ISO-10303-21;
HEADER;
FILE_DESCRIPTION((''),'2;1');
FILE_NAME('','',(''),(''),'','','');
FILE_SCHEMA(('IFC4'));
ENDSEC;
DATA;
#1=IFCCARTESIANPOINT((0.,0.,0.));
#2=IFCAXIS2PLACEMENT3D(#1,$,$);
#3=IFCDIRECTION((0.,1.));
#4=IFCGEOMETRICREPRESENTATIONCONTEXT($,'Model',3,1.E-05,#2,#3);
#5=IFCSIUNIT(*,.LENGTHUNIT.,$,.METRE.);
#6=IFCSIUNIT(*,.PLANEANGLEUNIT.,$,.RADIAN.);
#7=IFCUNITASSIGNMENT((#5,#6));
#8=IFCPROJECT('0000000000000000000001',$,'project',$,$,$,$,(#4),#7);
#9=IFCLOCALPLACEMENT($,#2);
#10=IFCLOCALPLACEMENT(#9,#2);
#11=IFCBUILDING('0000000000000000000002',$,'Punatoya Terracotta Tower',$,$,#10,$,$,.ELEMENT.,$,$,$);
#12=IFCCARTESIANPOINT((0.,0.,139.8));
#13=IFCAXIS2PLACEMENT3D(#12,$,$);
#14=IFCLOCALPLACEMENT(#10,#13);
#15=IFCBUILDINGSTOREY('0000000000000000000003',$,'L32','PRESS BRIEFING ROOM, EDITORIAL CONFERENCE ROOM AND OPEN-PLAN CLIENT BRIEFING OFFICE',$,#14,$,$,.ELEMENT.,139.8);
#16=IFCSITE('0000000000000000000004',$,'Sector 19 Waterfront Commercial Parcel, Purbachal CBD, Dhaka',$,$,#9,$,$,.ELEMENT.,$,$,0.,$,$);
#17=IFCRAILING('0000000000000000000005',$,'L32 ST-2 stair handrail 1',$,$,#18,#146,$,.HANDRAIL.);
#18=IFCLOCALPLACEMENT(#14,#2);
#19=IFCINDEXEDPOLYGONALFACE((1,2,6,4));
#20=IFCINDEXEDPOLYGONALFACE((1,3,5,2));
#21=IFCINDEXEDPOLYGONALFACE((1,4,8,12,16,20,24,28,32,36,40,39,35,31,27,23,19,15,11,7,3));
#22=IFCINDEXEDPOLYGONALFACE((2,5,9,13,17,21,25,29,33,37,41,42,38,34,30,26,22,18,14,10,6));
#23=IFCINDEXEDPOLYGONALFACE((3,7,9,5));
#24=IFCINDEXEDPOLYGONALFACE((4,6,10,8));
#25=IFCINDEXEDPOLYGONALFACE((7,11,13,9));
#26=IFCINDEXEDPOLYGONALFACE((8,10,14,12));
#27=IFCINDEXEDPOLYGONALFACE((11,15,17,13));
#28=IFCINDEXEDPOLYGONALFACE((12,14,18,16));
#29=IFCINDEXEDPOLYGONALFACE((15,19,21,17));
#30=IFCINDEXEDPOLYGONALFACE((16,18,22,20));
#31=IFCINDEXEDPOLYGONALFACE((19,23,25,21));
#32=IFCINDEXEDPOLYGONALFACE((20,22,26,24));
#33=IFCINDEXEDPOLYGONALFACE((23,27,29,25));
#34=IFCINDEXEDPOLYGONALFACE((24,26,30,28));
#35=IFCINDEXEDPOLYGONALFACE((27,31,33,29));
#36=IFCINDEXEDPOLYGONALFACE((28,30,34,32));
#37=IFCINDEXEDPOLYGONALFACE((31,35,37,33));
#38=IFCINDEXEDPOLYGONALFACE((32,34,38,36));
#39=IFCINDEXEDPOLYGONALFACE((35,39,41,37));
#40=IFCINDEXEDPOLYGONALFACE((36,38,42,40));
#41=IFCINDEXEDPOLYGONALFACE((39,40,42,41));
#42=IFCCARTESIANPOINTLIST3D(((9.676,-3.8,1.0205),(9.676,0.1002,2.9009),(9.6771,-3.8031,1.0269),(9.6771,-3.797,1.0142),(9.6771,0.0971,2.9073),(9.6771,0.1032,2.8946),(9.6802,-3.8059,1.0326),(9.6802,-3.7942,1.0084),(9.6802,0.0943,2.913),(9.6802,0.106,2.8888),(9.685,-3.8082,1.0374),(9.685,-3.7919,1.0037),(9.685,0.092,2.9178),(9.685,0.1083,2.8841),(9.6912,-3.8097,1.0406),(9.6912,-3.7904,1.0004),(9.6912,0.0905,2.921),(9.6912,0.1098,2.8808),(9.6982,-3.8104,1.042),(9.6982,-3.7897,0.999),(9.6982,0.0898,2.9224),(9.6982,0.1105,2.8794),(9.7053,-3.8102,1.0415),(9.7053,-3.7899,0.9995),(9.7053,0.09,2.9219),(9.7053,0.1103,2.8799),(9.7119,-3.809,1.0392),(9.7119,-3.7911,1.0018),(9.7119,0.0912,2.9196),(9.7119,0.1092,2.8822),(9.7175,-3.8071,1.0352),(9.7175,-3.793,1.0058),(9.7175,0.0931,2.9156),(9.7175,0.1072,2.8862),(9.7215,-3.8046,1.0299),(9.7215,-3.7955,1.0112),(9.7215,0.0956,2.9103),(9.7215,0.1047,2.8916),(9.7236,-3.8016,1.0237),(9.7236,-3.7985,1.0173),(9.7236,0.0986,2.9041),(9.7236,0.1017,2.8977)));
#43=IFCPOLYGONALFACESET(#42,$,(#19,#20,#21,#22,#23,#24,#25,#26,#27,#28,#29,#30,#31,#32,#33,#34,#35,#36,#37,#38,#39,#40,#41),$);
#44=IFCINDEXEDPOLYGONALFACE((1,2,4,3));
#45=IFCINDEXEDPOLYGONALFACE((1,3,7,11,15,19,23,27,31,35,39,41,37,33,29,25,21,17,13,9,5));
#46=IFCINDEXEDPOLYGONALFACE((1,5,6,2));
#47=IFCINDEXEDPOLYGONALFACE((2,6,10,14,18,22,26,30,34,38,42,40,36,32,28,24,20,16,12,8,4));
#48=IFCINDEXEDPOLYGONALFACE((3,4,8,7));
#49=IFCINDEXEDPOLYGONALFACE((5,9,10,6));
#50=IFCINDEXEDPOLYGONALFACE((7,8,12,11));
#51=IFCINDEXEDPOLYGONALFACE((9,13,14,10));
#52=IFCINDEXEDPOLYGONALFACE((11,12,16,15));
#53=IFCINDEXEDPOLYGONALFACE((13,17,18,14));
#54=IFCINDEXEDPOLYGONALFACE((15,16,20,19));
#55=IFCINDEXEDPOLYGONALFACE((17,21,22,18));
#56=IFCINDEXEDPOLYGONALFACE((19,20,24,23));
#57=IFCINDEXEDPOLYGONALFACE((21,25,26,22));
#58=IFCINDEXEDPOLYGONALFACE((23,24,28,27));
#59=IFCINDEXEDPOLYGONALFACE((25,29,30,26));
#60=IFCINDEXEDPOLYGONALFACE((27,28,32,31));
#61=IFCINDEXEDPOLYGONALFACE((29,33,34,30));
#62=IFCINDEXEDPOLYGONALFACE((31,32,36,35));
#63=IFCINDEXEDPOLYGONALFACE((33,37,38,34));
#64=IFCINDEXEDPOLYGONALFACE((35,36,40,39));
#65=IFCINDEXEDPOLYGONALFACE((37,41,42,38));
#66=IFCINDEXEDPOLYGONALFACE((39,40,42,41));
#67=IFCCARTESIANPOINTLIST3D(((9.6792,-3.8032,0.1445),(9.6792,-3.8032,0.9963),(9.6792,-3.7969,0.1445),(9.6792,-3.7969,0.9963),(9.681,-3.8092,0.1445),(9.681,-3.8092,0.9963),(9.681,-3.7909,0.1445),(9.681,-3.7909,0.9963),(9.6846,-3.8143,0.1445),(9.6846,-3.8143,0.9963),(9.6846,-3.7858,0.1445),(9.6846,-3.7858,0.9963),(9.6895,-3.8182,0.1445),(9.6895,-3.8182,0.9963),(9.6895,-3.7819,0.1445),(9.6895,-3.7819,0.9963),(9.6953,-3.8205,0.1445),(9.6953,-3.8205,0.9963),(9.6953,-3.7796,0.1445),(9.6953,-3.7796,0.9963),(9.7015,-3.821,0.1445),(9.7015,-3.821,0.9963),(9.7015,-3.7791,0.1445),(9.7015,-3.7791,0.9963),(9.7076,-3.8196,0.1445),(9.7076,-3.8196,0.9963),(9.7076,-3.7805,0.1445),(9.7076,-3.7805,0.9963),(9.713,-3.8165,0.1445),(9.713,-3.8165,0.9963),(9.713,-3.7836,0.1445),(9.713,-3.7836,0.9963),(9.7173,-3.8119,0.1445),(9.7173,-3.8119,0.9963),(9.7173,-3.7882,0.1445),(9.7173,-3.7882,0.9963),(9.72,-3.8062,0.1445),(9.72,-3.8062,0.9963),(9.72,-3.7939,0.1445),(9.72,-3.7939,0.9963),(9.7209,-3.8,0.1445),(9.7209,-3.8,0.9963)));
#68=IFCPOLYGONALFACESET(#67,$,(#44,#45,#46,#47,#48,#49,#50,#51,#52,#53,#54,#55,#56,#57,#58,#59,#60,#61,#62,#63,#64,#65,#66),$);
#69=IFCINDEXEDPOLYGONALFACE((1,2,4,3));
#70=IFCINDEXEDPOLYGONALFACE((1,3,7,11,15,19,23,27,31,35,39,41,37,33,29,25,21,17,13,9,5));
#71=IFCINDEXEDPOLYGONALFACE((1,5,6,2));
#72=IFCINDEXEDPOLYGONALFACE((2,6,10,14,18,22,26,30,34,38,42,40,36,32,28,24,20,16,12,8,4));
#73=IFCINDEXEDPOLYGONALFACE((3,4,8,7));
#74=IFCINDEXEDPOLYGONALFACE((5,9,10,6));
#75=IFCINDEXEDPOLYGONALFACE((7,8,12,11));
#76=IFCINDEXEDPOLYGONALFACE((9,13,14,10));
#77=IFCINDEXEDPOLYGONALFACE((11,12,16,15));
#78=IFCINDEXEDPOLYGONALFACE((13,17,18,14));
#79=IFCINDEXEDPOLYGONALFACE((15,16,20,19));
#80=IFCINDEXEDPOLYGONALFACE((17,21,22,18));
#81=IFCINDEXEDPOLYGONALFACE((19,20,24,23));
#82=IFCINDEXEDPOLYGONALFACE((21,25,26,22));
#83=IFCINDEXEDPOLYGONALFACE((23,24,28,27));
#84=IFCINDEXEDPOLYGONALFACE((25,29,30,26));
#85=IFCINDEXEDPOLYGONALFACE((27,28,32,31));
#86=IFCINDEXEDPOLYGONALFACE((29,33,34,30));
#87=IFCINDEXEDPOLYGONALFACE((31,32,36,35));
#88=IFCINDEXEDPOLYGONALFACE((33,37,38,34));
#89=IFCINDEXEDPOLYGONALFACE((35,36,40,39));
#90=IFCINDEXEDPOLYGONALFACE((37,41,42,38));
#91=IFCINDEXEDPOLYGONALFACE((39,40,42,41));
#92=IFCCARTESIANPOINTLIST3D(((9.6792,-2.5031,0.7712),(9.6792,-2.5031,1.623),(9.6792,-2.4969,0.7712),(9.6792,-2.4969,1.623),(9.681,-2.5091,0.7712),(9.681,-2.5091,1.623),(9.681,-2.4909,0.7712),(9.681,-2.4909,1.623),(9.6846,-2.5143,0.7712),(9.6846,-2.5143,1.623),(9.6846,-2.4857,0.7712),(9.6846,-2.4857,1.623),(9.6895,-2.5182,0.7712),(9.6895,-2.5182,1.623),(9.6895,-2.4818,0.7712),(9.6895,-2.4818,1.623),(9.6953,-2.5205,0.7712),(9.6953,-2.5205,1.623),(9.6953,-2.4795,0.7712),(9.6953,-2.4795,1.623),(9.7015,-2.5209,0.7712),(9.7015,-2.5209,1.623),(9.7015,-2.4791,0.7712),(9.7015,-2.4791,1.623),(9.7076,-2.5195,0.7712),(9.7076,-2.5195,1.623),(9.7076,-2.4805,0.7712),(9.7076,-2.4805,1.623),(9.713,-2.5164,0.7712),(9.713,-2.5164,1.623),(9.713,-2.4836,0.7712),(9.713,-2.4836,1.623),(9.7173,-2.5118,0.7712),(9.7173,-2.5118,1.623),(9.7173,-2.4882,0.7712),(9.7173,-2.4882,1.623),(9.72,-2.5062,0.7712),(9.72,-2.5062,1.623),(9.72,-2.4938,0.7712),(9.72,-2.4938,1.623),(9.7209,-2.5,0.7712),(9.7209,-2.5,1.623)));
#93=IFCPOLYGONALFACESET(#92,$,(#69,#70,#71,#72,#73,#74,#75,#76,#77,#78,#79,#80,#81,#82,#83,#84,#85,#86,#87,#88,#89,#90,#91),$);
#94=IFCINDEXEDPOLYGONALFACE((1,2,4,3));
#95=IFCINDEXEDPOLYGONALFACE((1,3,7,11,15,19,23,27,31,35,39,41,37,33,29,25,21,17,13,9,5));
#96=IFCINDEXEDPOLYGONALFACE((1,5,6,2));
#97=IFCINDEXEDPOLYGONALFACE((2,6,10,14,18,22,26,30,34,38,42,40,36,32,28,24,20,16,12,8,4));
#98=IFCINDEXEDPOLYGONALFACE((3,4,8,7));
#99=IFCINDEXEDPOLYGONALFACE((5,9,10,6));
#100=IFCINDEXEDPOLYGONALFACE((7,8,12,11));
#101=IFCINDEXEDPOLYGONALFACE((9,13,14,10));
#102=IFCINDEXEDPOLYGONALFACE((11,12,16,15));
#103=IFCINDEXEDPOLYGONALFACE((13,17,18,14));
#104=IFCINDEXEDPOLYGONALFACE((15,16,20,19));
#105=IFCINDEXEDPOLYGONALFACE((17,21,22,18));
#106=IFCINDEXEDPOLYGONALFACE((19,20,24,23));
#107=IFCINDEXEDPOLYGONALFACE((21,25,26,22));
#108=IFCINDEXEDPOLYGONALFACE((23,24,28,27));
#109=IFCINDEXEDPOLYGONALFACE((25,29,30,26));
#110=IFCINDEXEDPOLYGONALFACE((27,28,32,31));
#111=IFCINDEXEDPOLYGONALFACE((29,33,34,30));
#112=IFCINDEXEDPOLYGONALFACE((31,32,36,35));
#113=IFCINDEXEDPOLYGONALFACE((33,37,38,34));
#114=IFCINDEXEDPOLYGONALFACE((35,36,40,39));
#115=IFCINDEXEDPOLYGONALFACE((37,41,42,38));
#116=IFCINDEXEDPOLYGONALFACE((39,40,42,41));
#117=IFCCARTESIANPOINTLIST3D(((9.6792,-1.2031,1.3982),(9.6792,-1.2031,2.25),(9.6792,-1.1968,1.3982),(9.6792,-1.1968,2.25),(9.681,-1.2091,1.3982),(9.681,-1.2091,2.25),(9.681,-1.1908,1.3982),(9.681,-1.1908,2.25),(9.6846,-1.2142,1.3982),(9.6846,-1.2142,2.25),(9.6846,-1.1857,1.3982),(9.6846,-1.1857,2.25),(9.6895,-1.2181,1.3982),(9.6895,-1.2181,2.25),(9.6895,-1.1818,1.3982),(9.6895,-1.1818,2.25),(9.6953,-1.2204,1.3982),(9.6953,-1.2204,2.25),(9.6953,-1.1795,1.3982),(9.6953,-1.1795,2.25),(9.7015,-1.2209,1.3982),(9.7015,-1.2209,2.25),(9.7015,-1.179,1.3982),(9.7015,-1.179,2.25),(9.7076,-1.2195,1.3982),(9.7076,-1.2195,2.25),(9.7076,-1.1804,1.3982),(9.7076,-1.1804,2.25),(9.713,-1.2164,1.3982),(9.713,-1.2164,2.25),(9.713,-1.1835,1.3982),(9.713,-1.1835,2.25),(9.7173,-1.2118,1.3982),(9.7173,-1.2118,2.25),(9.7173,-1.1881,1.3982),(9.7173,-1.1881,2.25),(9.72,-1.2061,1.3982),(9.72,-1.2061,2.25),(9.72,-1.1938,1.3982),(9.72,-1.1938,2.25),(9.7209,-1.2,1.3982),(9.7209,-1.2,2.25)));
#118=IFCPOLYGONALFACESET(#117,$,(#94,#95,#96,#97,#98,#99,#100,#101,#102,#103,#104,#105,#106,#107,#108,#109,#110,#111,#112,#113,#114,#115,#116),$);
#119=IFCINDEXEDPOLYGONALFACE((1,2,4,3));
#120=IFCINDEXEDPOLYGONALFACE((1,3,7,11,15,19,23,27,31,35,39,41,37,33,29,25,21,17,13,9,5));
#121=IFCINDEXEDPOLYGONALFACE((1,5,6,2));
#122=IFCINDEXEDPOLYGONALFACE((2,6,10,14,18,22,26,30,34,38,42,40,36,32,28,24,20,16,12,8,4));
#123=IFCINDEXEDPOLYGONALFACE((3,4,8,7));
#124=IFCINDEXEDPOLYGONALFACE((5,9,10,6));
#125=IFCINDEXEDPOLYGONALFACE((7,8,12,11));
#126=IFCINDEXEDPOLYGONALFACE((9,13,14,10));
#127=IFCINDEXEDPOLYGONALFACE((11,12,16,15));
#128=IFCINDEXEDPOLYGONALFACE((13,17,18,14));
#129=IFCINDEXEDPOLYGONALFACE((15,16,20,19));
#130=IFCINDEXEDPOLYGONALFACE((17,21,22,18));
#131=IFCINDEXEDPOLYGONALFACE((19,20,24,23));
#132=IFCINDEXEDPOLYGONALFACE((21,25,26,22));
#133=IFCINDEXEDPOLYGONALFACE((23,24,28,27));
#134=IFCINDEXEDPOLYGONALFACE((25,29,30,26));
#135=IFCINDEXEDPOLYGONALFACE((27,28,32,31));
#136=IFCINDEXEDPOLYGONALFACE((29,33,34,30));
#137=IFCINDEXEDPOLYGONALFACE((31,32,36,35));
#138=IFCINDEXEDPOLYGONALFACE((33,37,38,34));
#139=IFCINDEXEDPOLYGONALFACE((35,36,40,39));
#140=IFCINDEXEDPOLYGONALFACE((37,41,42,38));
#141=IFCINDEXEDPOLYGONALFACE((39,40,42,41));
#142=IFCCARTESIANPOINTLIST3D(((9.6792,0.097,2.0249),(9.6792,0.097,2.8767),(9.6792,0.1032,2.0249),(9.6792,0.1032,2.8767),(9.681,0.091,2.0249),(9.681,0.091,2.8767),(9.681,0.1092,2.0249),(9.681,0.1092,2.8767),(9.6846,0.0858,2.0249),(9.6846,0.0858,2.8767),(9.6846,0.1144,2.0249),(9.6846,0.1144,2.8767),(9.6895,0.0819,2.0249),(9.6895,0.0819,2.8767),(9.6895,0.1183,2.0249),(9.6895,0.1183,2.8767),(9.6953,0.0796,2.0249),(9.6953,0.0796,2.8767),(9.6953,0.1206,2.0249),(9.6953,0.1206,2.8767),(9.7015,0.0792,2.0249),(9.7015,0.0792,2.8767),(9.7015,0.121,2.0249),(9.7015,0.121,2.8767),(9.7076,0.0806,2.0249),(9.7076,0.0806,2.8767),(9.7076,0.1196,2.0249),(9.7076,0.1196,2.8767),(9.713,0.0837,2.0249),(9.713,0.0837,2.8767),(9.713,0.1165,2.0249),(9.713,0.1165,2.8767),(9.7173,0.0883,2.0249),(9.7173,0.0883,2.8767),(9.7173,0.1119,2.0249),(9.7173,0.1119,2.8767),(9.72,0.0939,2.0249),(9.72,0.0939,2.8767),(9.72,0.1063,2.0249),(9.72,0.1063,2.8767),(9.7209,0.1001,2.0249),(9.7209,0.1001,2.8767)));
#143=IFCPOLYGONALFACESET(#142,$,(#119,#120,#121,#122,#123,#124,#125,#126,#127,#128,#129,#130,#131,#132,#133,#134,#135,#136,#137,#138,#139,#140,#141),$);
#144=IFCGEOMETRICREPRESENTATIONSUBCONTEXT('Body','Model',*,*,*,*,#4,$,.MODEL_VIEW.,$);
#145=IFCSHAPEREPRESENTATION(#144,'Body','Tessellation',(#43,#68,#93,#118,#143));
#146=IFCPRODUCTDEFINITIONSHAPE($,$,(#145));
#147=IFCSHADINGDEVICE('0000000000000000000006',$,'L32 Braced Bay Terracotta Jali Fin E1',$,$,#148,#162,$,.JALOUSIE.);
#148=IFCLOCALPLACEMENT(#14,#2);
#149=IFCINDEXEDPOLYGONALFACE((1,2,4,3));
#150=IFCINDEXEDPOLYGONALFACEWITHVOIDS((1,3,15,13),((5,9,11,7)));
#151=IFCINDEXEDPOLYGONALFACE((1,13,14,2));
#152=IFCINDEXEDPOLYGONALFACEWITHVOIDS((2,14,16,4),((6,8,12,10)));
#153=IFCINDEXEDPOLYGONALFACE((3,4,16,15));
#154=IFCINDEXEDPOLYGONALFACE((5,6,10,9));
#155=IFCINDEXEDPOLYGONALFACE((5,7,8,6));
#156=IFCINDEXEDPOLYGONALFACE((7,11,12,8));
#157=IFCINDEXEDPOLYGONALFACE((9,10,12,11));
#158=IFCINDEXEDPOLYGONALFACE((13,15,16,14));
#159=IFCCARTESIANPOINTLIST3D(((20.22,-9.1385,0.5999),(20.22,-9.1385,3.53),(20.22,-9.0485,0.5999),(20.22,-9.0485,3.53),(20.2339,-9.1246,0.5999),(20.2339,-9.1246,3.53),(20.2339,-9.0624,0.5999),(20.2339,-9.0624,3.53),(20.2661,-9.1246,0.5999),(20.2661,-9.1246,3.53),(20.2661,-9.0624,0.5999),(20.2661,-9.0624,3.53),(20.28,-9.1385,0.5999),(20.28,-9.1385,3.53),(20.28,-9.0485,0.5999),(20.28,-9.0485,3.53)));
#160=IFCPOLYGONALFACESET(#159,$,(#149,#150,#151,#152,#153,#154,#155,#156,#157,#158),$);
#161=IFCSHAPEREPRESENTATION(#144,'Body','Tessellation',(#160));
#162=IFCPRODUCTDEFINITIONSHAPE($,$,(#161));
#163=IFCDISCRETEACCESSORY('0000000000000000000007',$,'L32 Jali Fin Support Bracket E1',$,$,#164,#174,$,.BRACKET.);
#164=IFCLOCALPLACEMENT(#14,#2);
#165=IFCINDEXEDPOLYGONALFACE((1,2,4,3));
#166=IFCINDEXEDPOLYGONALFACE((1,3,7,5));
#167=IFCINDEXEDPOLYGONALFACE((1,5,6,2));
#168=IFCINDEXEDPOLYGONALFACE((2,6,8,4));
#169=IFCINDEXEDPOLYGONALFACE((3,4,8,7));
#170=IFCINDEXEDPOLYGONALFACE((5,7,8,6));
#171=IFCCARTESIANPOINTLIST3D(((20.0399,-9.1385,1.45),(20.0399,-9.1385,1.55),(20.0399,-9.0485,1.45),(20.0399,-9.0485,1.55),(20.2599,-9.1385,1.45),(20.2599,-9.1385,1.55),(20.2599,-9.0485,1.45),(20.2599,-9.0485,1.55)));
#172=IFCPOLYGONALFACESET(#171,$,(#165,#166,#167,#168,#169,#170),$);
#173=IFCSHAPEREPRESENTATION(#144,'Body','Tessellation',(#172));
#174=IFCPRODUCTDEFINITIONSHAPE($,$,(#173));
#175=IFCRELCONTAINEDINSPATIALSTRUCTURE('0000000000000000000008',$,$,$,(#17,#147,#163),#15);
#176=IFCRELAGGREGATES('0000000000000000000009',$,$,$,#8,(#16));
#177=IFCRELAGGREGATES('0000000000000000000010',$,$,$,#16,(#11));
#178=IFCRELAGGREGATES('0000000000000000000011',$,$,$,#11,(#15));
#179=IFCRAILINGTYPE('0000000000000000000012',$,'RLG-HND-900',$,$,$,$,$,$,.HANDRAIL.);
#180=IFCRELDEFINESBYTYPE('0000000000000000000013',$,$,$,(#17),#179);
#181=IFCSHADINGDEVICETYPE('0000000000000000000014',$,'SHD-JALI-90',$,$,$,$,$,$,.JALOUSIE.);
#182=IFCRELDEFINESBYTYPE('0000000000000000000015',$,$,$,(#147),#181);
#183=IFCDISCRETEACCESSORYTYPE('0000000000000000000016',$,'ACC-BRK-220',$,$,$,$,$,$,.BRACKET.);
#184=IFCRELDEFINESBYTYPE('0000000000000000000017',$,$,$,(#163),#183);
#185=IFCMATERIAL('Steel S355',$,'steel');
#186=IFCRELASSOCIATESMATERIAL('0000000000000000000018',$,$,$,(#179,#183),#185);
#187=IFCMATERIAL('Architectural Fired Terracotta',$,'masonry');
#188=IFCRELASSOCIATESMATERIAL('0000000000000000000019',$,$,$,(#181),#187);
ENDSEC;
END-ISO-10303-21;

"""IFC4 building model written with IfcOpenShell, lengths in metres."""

from ifc_helpers import new_model, si_unit, direction, frame, origin, origin_2d, place, context, subcontext, project, spatial, rectangle, hollow_rectangle, circle, extrude, material, material_profile, profile_set, type_object, element, save


model = new_model("IFC4")

# Units and contexts
model_context = context("Model", 3, precision=1e-05, world=origin(), true_north=direction((0.0, 1.0)))
body_context = subcontext(model_context, "Body", "Model", "MODEL_VIEW")
ifc_project = project(units=[si_unit("LENGTHUNIT", "METRE"), si_unit("PLANEANGLEUNIT", "RADIAN")], contexts=[model_context])

# Site, building, storey
site_placement = place(None, origin())
site = spatial("IfcSite", under=ifc_project, at=site_placement, Name="Sector 19 Waterfront Commercial Parcel, Purbachal CBD, Dhaka", CompositionType="ELEMENT", RefElevation=0.0)
building_placement = place(site_placement, origin())
building = spatial("IfcBuilding", under=site, at=building_placement, Name="Punatoya Terracotta Tower", CompositionType="ELEMENT")
storey_placement = place(building_placement, frame((0.0, 0.0, 139.8)))
storey = spatial("IfcBuildingStorey", under=building, at=storey_placement, Name="L32", Description="PRESS BRIEFING ROOM, EDITORIAL CONFERENCE ROOM AND OPEN-PLAN CLIENT BRIEFING OFFICE", CompositionType="ELEMENT", Elevation=139.8)

# Railing
ifc_material_1 = material(Name="Steel S355", Category="steel")
railing_type_1 = type_object("IfcRailingType", Name="RLG-HND-900", PredefinedType="HANDRAIL", material=ifc_material_1)
railing_1_placement = place(storey_placement, frame((9.7, -3.8, 0.1445)))
element("IfcRailing", 1, at=railing_1_placement, inside=storey, type_object=railing_type_1, Name="L32 ST-2 stair handrail 1", PredefinedType="HANDRAIL", context=body_context, shape_type="SweptSolid", body=[
    extrude(circle(Radius=0.0239, at=origin_2d()), frame((0.0, 0.0, 0.876), z_axis=(0.0, 0.900774, 0.434289), x_axis=(-1.0, 0.0, 0.0)), (0.0, 0.0, 1.0), 4.3298),
    extrude(circle(Radius=0.021, at=origin_2d()), origin(), (0.0, 0.0, 1.0), 0.8518),
    extrude(circle(Radius=0.021, at=origin_2d()), frame((0.0, 1.3, 0.6267)), (0.0, 0.0, 1.0), 0.8518),
    extrude(circle(Radius=0.021, at=origin_2d()), frame((0.0, 2.6001, 1.2537)), (0.0, 0.0, 1.0), 0.8518),
    extrude(circle(Radius=0.021, at=origin_2d()), frame((0.0, 3.9001, 1.8804)), (0.0, 0.0, 1.0), 0.8518),
])

# Shading device
ifc_material_2 = material(Name="Architectural Fired Terracotta", Category="masonry")
ifc_material_profile_1 = material_profile(ifc_material_2, hollow_rectangle(XDim=0.0601, YDim=0.0901, WallThickness=0.0139, at=origin_2d()))
ifc_profile_set_1 = profile_set([ifc_material_profile_1], Name="Architectural Fired Terracotta")
shading_device_type = type_object("IfcShadingDeviceType", Name="SHD-JALI-90", PredefinedType="JALOUSIE", material=ifc_profile_set_1)
shading_device_placement = place(storey_placement, frame((20.25, -9.0935, 0.5999), z_axis=(0.0, 0.0, 1.0), x_axis=(1.0, 0.0, 0.0)))
element("IfcShadingDevice", 2, at=shading_device_placement, inside=storey, type_object=shading_device_type, Name="L32 Braced Bay Terracotta Jali Fin E1", PredefinedType="JALOUSIE", context=body_context, shape_type="SweptSolid", body=[
    extrude(hollow_rectangle(XDim=0.0601, YDim=0.0901, WallThickness=0.0139, at=origin_2d()), origin(), (0.0, 0.0, 1.0), 2.9302),
])

# Discrete accessory
discrete_accessory_type = type_object("IfcDiscreteAccessoryType", Name="ACC-BRK-220", PredefinedType="BRACKET", material=ifc_material_1)
discrete_accessory_placement = place(storey_placement, frame((20.1499, -9.0935, 1.45), z_axis=(0.0, 0.0, 1.0), x_axis=(0.0, 1.0, 0.0)))
element("IfcDiscreteAccessory", 3, at=discrete_accessory_placement, inside=storey, type_object=discrete_accessory_type, Name="L32 Jali Fin Support Bracket E1", PredefinedType="BRACKET", context=body_context, shape_type="SweptSolid", body=[
    extrude(rectangle(XDim=0.0901, YDim=0.22, at=origin_2d()), origin(), (0.0, 0.0, 1.0), 0.1001),
])

save(model, "model.ifc")
